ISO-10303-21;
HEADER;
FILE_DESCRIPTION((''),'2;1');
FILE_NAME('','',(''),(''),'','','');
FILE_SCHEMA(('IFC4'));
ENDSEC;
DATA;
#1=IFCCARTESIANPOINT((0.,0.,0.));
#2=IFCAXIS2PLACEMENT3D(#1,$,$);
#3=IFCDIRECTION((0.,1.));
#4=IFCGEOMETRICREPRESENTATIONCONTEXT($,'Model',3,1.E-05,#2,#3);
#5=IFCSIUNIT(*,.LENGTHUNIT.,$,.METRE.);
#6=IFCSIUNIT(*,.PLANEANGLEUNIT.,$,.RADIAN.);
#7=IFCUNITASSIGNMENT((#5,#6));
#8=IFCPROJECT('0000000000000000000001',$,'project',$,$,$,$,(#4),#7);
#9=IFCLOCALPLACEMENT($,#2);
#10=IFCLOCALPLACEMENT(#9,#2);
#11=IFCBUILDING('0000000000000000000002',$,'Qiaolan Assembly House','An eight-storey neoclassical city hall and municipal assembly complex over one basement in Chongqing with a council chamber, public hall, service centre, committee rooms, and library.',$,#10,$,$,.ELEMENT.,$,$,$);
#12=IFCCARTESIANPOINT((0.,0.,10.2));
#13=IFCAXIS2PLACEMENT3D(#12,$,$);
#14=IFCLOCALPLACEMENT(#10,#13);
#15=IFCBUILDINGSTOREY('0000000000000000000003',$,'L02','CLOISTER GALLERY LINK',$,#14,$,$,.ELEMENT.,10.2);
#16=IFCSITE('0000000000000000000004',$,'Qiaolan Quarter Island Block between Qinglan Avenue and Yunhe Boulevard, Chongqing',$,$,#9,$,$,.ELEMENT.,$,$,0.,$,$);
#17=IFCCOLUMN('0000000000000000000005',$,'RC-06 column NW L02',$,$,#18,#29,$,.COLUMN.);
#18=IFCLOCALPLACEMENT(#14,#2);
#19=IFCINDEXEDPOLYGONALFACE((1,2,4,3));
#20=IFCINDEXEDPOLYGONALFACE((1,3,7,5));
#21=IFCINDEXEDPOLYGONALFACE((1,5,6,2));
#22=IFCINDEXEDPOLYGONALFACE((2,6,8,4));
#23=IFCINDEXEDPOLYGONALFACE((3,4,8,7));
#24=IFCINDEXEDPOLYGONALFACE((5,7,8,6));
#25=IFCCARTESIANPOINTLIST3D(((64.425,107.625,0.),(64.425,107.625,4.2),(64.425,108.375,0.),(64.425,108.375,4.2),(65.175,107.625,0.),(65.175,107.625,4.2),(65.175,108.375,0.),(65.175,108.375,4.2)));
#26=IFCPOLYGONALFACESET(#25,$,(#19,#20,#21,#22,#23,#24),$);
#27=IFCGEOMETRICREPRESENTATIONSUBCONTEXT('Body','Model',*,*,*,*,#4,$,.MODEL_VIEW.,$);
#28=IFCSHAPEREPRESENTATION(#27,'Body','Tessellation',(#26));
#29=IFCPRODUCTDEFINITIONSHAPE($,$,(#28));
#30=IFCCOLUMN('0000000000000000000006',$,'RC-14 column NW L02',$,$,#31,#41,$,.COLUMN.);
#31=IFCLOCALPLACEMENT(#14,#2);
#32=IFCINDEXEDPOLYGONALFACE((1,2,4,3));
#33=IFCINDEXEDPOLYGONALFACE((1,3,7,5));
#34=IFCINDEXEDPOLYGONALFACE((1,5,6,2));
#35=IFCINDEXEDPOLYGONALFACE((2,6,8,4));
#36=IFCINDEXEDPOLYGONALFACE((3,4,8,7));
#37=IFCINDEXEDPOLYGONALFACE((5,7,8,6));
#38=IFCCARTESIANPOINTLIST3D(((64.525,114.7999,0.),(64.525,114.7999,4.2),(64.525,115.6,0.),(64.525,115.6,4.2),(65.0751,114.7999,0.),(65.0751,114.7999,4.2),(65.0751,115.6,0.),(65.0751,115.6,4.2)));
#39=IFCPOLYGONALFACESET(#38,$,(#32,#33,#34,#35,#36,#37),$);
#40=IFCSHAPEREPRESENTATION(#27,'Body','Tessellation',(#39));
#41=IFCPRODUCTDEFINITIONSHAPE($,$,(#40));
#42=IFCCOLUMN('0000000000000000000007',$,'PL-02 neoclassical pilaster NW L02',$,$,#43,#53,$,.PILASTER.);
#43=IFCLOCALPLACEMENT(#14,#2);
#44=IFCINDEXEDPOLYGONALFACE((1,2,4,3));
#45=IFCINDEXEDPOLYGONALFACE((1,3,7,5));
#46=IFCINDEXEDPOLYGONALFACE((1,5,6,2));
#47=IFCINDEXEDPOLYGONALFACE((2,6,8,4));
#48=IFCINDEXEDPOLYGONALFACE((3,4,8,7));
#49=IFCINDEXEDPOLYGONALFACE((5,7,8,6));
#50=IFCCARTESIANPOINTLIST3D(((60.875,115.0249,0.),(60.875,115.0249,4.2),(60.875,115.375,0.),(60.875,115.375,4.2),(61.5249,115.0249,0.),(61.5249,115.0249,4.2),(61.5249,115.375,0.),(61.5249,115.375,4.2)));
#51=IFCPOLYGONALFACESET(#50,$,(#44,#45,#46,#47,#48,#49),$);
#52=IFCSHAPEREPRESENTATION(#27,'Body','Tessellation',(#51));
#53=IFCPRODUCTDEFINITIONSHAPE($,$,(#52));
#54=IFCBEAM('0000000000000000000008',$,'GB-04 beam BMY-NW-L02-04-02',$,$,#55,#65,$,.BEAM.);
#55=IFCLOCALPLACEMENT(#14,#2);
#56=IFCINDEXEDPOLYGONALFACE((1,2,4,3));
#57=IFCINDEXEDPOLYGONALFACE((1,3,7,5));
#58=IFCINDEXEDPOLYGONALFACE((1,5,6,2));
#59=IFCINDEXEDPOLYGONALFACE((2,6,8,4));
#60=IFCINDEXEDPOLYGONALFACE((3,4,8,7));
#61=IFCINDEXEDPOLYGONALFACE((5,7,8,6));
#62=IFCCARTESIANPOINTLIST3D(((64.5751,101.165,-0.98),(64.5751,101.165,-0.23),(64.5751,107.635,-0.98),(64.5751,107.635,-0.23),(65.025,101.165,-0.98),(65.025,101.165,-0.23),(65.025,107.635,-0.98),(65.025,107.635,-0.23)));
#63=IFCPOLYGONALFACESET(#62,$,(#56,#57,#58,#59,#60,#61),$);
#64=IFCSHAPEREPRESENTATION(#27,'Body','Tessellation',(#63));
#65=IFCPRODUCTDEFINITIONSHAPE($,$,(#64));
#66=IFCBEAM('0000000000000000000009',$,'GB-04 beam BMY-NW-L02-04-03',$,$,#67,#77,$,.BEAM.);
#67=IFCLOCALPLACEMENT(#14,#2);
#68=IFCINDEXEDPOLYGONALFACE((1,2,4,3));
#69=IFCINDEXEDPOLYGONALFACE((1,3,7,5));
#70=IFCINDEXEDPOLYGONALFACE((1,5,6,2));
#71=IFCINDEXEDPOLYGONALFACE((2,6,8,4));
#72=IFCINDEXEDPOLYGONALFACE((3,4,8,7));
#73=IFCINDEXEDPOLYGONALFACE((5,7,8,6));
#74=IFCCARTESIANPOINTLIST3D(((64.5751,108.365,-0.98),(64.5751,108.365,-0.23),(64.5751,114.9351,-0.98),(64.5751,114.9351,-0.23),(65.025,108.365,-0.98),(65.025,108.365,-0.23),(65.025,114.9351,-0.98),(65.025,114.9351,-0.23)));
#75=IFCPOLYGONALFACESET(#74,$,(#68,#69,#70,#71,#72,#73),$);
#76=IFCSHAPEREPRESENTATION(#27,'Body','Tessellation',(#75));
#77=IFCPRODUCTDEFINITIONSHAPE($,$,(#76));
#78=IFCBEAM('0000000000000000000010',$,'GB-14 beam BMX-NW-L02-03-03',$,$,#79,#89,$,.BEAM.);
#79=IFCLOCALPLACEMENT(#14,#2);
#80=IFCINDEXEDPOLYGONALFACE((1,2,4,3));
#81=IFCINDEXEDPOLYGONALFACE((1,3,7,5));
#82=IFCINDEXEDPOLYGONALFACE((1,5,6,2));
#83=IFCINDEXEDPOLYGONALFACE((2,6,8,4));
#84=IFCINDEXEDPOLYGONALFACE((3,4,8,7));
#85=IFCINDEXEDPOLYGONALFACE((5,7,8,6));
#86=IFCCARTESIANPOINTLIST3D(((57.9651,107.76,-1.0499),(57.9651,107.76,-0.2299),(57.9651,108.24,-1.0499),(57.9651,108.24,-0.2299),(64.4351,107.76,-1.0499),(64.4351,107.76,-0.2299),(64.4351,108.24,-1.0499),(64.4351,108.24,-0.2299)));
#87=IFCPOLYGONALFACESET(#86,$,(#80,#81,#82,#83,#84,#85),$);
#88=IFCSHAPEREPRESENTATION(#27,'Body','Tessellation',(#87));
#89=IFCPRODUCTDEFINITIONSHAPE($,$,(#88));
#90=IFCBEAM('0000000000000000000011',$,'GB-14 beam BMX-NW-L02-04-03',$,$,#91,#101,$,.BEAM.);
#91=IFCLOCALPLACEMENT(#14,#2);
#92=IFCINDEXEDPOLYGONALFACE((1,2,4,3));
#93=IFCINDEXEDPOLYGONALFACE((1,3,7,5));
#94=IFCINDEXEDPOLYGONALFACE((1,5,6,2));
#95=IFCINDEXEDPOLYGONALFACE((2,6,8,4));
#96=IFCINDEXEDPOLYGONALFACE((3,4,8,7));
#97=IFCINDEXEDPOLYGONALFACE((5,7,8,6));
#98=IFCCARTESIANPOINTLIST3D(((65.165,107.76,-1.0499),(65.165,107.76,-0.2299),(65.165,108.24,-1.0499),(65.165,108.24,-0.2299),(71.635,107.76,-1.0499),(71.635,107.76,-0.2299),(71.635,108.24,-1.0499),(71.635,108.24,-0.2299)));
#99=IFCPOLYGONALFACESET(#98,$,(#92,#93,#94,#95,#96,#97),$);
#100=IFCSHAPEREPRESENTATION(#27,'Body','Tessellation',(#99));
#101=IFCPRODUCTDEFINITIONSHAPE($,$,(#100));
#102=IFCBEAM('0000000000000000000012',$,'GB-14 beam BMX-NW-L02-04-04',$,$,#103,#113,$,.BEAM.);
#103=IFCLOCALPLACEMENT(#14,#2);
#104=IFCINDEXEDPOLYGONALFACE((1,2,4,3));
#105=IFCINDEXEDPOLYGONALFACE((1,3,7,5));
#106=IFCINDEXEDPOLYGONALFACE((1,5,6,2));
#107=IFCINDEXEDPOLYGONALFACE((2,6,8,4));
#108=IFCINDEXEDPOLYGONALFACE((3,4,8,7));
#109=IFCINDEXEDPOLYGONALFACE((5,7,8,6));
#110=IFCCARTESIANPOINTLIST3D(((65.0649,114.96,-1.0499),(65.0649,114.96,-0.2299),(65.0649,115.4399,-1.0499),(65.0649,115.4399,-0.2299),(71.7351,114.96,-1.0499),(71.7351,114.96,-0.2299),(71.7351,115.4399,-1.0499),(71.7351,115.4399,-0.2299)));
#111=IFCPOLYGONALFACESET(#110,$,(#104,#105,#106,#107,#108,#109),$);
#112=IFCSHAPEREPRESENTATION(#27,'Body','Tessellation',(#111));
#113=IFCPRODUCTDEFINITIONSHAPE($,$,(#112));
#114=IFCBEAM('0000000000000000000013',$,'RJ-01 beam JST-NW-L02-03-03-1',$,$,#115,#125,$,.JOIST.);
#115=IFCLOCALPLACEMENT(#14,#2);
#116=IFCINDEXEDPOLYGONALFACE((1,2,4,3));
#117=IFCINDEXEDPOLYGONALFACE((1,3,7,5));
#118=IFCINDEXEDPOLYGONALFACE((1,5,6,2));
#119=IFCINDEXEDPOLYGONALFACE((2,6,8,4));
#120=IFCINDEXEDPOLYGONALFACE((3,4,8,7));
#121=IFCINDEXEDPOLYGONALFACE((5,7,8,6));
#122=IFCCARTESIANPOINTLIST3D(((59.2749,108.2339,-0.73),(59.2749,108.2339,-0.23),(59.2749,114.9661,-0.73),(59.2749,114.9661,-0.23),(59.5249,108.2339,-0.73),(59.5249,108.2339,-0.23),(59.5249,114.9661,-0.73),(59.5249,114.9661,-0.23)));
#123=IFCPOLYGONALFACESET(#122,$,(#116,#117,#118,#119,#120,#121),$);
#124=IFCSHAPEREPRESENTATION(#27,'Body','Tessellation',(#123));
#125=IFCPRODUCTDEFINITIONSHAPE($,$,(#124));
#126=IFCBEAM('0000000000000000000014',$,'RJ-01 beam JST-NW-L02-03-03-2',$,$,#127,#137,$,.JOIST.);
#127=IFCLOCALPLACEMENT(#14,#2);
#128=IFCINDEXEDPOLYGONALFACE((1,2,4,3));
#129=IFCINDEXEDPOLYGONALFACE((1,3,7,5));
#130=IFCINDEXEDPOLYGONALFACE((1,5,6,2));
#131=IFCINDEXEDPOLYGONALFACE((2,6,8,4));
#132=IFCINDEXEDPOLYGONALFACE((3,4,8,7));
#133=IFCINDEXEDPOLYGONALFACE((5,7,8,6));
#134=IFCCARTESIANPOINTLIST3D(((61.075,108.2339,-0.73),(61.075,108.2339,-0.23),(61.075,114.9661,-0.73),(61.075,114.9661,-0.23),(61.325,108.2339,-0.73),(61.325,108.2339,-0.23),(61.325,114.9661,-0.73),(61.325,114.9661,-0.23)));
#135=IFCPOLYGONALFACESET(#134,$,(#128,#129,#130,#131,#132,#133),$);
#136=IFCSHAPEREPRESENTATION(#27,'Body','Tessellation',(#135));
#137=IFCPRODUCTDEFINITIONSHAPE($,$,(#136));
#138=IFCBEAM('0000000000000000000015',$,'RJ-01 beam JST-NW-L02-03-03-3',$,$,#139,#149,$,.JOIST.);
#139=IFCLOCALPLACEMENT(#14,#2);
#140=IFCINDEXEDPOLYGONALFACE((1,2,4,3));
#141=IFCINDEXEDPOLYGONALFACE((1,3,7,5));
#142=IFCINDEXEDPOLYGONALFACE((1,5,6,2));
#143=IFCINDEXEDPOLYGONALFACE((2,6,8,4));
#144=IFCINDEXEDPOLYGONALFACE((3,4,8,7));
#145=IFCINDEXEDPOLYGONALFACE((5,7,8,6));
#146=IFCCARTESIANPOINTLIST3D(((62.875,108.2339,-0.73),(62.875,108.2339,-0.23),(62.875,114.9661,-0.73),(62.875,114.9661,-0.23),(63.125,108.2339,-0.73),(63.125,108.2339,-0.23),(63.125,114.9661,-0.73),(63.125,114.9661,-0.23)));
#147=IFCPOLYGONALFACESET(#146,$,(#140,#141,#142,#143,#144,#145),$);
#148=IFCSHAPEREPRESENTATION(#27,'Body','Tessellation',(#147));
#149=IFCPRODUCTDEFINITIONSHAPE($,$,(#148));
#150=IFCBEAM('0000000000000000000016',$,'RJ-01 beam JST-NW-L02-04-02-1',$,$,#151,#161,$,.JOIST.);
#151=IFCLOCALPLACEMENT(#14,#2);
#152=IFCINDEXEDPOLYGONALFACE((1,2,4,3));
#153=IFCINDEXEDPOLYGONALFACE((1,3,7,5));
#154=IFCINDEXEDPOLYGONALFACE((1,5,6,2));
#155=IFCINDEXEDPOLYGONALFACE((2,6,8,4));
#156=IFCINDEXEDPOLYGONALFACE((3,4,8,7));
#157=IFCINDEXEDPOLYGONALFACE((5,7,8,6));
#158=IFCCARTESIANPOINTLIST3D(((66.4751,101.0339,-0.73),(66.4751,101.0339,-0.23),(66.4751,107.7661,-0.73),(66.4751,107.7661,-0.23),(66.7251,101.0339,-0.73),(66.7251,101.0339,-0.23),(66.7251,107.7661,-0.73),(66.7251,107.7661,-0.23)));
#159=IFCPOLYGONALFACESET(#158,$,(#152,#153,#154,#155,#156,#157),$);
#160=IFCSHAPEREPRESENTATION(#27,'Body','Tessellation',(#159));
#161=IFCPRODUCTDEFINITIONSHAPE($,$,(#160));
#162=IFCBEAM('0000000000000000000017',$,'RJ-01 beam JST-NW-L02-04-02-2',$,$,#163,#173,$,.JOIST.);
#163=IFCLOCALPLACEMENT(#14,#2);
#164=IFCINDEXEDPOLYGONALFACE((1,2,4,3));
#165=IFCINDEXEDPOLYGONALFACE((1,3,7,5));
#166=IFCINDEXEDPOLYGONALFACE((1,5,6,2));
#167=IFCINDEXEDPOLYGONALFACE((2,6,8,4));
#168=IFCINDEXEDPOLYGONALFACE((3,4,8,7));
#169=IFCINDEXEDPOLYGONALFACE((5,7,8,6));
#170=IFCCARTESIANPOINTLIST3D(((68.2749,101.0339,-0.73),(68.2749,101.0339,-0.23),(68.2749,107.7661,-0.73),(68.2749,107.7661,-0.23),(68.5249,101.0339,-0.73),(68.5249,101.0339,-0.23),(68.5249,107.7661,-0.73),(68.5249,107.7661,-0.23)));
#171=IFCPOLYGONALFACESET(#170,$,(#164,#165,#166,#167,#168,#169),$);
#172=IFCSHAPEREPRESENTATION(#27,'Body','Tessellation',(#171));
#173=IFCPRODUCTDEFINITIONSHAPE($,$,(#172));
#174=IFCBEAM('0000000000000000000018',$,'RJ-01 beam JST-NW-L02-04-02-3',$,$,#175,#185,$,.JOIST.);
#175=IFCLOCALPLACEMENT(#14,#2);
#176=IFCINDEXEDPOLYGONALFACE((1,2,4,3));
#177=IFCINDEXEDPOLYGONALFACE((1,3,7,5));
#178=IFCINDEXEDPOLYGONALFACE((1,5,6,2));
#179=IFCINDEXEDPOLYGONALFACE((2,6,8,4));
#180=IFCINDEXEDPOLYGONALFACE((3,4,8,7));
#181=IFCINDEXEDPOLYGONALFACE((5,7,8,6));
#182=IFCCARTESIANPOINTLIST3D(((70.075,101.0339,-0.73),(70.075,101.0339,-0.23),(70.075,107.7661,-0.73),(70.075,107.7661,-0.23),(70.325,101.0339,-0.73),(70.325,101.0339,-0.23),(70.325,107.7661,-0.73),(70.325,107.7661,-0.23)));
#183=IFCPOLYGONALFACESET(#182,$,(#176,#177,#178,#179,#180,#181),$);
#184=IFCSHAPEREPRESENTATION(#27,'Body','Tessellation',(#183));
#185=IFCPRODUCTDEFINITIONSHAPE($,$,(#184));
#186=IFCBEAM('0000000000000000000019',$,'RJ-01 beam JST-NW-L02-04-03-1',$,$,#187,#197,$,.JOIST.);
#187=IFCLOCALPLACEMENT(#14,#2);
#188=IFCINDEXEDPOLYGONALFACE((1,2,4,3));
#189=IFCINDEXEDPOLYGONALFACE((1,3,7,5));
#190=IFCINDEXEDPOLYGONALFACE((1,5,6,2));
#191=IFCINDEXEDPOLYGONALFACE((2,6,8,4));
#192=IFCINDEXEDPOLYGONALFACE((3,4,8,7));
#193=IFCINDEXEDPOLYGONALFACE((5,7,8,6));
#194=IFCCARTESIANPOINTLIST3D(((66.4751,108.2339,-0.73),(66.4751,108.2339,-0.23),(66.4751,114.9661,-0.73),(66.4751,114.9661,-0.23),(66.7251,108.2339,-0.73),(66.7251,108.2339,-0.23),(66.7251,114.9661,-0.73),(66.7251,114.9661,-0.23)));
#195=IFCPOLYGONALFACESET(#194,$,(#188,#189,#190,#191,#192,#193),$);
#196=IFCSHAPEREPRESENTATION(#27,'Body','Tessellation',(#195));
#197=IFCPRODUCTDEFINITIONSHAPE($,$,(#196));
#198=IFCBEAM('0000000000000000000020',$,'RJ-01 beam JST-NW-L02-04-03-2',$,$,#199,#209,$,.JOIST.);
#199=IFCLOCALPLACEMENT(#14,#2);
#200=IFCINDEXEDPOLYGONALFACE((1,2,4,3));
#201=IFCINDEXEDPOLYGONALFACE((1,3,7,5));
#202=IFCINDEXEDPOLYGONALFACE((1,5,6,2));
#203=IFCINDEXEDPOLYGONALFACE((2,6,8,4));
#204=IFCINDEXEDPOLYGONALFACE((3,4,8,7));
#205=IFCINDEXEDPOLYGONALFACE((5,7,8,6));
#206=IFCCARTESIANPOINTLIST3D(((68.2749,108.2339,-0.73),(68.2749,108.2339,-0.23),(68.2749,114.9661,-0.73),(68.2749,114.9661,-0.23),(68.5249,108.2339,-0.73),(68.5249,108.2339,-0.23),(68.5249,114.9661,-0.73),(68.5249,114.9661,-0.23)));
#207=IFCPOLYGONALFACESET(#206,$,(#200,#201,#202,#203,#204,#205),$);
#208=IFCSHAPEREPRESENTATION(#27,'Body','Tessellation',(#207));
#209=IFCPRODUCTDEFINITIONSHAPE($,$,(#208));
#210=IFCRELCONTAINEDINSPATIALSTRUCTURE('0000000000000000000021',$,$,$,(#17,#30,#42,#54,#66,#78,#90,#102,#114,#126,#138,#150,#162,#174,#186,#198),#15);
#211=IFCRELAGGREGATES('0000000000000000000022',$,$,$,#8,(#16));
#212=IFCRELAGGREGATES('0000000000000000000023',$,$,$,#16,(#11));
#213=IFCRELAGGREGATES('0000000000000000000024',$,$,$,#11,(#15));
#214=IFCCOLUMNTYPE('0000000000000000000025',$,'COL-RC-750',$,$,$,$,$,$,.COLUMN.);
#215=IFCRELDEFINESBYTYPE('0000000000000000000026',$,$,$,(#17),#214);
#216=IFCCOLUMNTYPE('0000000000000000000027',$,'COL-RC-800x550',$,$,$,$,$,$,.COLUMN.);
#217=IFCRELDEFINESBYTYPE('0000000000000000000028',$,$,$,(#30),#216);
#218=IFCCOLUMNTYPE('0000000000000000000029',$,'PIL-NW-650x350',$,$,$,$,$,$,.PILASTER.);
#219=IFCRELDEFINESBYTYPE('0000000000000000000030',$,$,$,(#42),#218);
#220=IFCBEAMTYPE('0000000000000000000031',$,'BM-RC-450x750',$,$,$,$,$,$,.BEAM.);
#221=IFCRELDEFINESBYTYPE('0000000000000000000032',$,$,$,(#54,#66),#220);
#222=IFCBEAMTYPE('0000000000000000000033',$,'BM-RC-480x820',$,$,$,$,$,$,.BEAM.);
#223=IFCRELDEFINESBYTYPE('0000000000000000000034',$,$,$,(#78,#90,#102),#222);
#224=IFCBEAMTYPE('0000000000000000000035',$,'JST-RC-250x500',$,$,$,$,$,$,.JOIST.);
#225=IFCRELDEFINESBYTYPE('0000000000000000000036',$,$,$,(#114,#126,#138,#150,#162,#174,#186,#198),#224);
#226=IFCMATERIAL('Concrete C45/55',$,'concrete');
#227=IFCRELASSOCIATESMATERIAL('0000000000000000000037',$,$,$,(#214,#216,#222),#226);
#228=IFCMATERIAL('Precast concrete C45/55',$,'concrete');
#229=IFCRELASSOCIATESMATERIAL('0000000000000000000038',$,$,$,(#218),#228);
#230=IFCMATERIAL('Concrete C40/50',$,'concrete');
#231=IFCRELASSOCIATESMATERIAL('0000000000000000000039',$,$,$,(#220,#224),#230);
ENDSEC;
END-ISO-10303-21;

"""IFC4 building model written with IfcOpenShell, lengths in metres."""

from ifc_helpers import new_model, si_unit, direction, frame, origin, origin_2d, place, context, subcontext, project, spatial, rectangle, extrude, material, material_profile, profile_set, type_object, element, save


model = new_model("IFC4")

# Units and contexts
model_context = context("Model", 3, precision=1e-05, world=origin(), true_north=direction((0.0, 1.0)))
body_context = subcontext(model_context, "Body", "Model", "MODEL_VIEW")
ifc_project = project(units=[si_unit("LENGTHUNIT", "METRE"), si_unit("PLANEANGLEUNIT", "RADIAN")], contexts=[model_context])

# Site, building, storey
site_placement = place(None, origin())
site = spatial("IfcSite", under=ifc_project, at=site_placement, Name="Qiaolan Quarter Island Block between Qinglan Avenue and Yunhe Boulevard, Chongqing", CompositionType="ELEMENT", RefElevation=0.0)
building_placement = place(site_placement, origin())
building = spatial("IfcBuilding", under=site, at=building_placement, Name="Qiaolan Assembly House", Description="An eight-storey neoclassical city hall and municipal assembly complex over one basement in Chongqing with a council chamber, public hall, service centre, committee rooms, and library.", CompositionType="ELEMENT")
storey_placement = place(building_placement, frame((0.0, 0.0, 10.2)))
storey = spatial("IfcBuildingStorey", under=building, at=storey_placement, Name="L02", Description="CLOISTER GALLERY LINK", CompositionType="ELEMENT", Elevation=10.2)

# Columns
ifc_material_1 = material(Name="Concrete C45/55", Category="concrete")
ifc_material_profile_1 = material_profile(ifc_material_1, rectangle(XDim=0.75, YDim=0.75, at=origin_2d()), Name="RC 750x750")
ifc_profile_set_1 = profile_set([ifc_material_profile_1], Name="Concrete C45/55")
column_type_1 = type_object("IfcColumnType", Name="COL-RC-750", PredefinedType="COLUMN", material=ifc_profile_set_1)
column_1_placement = place(storey_placement, frame((64.8, 108.0, 0.0), z_axis=(0.0, 0.0, 1.0), x_axis=(1.0, 0.0, 0.0)))
element("IfcColumn", 1, at=column_1_placement, inside=storey, type_object=column_type_1, Name="RC-06 column NW L02", PredefinedType="COLUMN", context=body_context, shape_type="SweptSolid", body=[
    extrude(rectangle(XDim=0.75, YDim=0.75, at=origin_2d()), origin(), (0.0, 0.0, 1.0), 4.2),
])
ifc_material_profile_2 = material_profile(ifc_material_1, rectangle(XDim=0.55, YDim=0.8, at=origin_2d()), Name="RC 800x550")
ifc_profile_set_2 = profile_set([ifc_material_profile_2], Name="Concrete C45/55")
column_type_2 = type_object("IfcColumnType", Name="COL-RC-800x550", PredefinedType="COLUMN", material=ifc_profile_set_2)
column_2_placement = place(storey_placement, frame((64.8, 115.2, 0.0), z_axis=(0.0, 0.0, 1.0), x_axis=(1.0, 0.0, 0.0)))
element("IfcColumn", 2, at=column_2_placement, inside=storey, type_object=column_type_2, Name="RC-14 column NW L02", PredefinedType="COLUMN", context=body_context, shape_type="SweptSolid", body=[
    extrude(rectangle(XDim=0.55, YDim=0.8, at=origin_2d()), origin(), (0.0, 0.0, 1.0), 4.2),
])
ifc_material_2 = material(Name="Precast concrete C45/55", Category="concrete")
ifc_material_profile_3 = material_profile(ifc_material_2, rectangle(XDim=0.6499, YDim=0.3501, at=origin_2d()), Name="PIL 650x350")
ifc_profile_set_3 = profile_set([ifc_material_profile_3], Name="Precast concrete C45/55")
column_type_3 = type_object("IfcColumnType", Name="PIL-NW-650x350", PredefinedType="PILASTER", material=ifc_profile_set_3)
column_3_placement = place(storey_placement, frame((61.2, 115.2, 0.0), z_axis=(0.0, 0.0, 1.0), x_axis=(1.0, 0.0, 0.0)))
element("IfcColumn", 3, at=column_3_placement, inside=storey, type_object=column_type_3, Name="PL-02 neoclassical pilaster NW L02", PredefinedType="PILASTER", context=body_context, shape_type="SweptSolid", body=[
    extrude(rectangle(XDim=0.6499, YDim=0.3501, at=origin_2d()), origin(), (0.0, 0.0, 1.0), 4.2),
])

# Beams
ifc_material_3 = material(Name="Concrete C40/50", Category="concrete")
ifc_material_profile_4 = material_profile(ifc_material_3, rectangle(XDim=0.45, YDim=0.75, at=origin_2d()), Name="RCB 450x750")
ifc_profile_set_4 = profile_set([ifc_material_profile_4], Name="Concrete C40/50")
beam_type_1 = type_object("IfcBeamType", Name="BM-RC-450x750", PredefinedType="BEAM", material=ifc_profile_set_4)
beam_1_placement = place(storey_placement, frame((64.8, 101.165, -0.605), z_axis=(0.0, 1.0, 0.0), x_axis=(-1.0, 0.0, 0.0)))
element("IfcBeam", 4, at=beam_1_placement, inside=storey, type_object=beam_type_1, Name="GB-04 beam BMY-NW-L02-04-02", PredefinedType="BEAM", context=body_context, shape_type="SweptSolid", body=[
    extrude(rectangle(XDim=0.45, YDim=0.75, at=origin_2d()), origin(), (0.0, 0.0, 1.0), 6.47),
])
beam_2_placement = place(storey_placement, frame((64.8, 108.365, -0.605), z_axis=(0.0, 1.0, 0.0), x_axis=(-1.0, 0.0, 0.0)))
element("IfcBeam", 5, at=beam_2_placement, inside=storey, type_object=beam_type_1, Name="GB-04 beam BMY-NW-L02-04-03", PredefinedType="BEAM", context=body_context, shape_type="SweptSolid", body=[
    extrude(rectangle(XDim=0.45, YDim=0.75, at=origin_2d()), origin(), (0.0, 0.0, 1.0), 6.5701),
])
ifc_material_profile_5 = material_profile(ifc_material_1, rectangle(XDim=0.48, YDim=0.8201, at=origin_2d()), Name="RCB 480x820")
ifc_profile_set_5 = profile_set([ifc_material_profile_5], Name="Concrete C45/55")
beam_type_2 = type_object("IfcBeamType", Name="BM-RC-480x820", PredefinedType="BEAM", material=ifc_profile_set_5)
for number, where, z_axis, x_axis, name in (
    (6, (57.9651, 108.0, -0.6399), (1.0, 0.0, 0.0), (0.0, 1.0, 0.0), "GB-14 beam BMX-NW-L02-03-03"),
    (7, (65.165, 108.0, -0.6399), (1.0, 0.0, 0.0), (0.0, 1.0, 0.0), "GB-14 beam BMX-NW-L02-04-03"),
):
    element("IfcBeam", number, at=place(storey_placement, frame(where, z_axis=z_axis, x_axis=x_axis)), inside=storey, type_object=beam_type_2, Name=name, PredefinedType="BEAM", context=body_context, shape_type="SweptSolid", body=[
        extrude(rectangle(XDim=0.48, YDim=0.8201, at=origin_2d()), origin(), (0.0, 0.0, 1.0), 6.47),
    ])
beam_3_placement = place(storey_placement, frame((65.0649, 115.2, -0.6399), z_axis=(1.0, 0.0, 0.0), x_axis=(0.0, 1.0, 0.0)))
element("IfcBeam", 8, at=beam_3_placement, inside=storey, type_object=beam_type_2, Name="GB-14 beam BMX-NW-L02-04-04", PredefinedType="BEAM", context=body_context, shape_type="SweptSolid", body=[
    extrude(rectangle(XDim=0.48, YDim=0.8201, at=origin_2d()), origin(), (0.0, 0.0, 1.0), 6.6702),
])
ifc_material_profile_6 = material_profile(ifc_material_3, rectangle(XDim=0.25, YDim=0.5, at=origin_2d()), Name="RCB 250x500")
ifc_profile_set_6 = profile_set([ifc_material_profile_6], Name="Concrete C40/50")
beam_type_3 = type_object("IfcBeamType", Name="JST-RC-250x500", PredefinedType="JOIST", material=ifc_profile_set_6)
for number, where, z_axis, x_axis, name in (
    (9, (59.3999, 108.2339, -0.48), (0.0, 1.0, 0.0), (-1.0, 0.0, 0.0), "RJ-01 beam JST-NW-L02-03-03-1"),
    (10, (61.2, 108.2339, -0.48), (0.0, 1.0, 0.0), (-1.0, 0.0, 0.0), "RJ-01 beam JST-NW-L02-03-03-2"),
    (11, (63.0, 108.2339, -0.48), (0.0, 1.0, 0.0), (-1.0, 0.0, 0.0), "RJ-01 beam JST-NW-L02-03-03-3"),
    (12, (66.6001, 101.0339, -0.48), (0.0, 1.0, 0.0), (-1.0, 0.0, 0.0), "RJ-01 beam JST-NW-L02-04-02-1"),
    (13, (68.3999, 101.0339, -0.48), (0.0, 1.0, 0.0), (-1.0, 0.0, 0.0), "RJ-01 beam JST-NW-L02-04-02-2"),
    (14, (70.2, 101.0339, -0.48), (0.0, 1.0, 0.0), (-1.0, 0.0, 0.0), "RJ-01 beam JST-NW-L02-04-02-3"),
    (15, (66.6001, 108.2339, -0.48), (0.0, 1.0, 0.0), (-1.0, 0.0, 0.0), "RJ-01 beam JST-NW-L02-04-03-1"),
    (16, (68.3999, 108.2339, -0.48), (0.0, 1.0, 0.0), (-1.0, 0.0, 0.0), "RJ-01 beam JST-NW-L02-04-03-2"),
):
    element("IfcBeam", number, at=place(storey_placement, frame(where, z_axis=z_axis, x_axis=x_axis)), inside=storey, type_object=beam_type_3, Name=name, PredefinedType="JOIST", context=body_context, shape_type="SweptSolid", body=[
        extrude(rectangle(XDim=0.25, YDim=0.5, at=origin_2d()), origin(), (0.0, 0.0, 1.0), 6.7322),
    ])

save(model, "model.ifc")
